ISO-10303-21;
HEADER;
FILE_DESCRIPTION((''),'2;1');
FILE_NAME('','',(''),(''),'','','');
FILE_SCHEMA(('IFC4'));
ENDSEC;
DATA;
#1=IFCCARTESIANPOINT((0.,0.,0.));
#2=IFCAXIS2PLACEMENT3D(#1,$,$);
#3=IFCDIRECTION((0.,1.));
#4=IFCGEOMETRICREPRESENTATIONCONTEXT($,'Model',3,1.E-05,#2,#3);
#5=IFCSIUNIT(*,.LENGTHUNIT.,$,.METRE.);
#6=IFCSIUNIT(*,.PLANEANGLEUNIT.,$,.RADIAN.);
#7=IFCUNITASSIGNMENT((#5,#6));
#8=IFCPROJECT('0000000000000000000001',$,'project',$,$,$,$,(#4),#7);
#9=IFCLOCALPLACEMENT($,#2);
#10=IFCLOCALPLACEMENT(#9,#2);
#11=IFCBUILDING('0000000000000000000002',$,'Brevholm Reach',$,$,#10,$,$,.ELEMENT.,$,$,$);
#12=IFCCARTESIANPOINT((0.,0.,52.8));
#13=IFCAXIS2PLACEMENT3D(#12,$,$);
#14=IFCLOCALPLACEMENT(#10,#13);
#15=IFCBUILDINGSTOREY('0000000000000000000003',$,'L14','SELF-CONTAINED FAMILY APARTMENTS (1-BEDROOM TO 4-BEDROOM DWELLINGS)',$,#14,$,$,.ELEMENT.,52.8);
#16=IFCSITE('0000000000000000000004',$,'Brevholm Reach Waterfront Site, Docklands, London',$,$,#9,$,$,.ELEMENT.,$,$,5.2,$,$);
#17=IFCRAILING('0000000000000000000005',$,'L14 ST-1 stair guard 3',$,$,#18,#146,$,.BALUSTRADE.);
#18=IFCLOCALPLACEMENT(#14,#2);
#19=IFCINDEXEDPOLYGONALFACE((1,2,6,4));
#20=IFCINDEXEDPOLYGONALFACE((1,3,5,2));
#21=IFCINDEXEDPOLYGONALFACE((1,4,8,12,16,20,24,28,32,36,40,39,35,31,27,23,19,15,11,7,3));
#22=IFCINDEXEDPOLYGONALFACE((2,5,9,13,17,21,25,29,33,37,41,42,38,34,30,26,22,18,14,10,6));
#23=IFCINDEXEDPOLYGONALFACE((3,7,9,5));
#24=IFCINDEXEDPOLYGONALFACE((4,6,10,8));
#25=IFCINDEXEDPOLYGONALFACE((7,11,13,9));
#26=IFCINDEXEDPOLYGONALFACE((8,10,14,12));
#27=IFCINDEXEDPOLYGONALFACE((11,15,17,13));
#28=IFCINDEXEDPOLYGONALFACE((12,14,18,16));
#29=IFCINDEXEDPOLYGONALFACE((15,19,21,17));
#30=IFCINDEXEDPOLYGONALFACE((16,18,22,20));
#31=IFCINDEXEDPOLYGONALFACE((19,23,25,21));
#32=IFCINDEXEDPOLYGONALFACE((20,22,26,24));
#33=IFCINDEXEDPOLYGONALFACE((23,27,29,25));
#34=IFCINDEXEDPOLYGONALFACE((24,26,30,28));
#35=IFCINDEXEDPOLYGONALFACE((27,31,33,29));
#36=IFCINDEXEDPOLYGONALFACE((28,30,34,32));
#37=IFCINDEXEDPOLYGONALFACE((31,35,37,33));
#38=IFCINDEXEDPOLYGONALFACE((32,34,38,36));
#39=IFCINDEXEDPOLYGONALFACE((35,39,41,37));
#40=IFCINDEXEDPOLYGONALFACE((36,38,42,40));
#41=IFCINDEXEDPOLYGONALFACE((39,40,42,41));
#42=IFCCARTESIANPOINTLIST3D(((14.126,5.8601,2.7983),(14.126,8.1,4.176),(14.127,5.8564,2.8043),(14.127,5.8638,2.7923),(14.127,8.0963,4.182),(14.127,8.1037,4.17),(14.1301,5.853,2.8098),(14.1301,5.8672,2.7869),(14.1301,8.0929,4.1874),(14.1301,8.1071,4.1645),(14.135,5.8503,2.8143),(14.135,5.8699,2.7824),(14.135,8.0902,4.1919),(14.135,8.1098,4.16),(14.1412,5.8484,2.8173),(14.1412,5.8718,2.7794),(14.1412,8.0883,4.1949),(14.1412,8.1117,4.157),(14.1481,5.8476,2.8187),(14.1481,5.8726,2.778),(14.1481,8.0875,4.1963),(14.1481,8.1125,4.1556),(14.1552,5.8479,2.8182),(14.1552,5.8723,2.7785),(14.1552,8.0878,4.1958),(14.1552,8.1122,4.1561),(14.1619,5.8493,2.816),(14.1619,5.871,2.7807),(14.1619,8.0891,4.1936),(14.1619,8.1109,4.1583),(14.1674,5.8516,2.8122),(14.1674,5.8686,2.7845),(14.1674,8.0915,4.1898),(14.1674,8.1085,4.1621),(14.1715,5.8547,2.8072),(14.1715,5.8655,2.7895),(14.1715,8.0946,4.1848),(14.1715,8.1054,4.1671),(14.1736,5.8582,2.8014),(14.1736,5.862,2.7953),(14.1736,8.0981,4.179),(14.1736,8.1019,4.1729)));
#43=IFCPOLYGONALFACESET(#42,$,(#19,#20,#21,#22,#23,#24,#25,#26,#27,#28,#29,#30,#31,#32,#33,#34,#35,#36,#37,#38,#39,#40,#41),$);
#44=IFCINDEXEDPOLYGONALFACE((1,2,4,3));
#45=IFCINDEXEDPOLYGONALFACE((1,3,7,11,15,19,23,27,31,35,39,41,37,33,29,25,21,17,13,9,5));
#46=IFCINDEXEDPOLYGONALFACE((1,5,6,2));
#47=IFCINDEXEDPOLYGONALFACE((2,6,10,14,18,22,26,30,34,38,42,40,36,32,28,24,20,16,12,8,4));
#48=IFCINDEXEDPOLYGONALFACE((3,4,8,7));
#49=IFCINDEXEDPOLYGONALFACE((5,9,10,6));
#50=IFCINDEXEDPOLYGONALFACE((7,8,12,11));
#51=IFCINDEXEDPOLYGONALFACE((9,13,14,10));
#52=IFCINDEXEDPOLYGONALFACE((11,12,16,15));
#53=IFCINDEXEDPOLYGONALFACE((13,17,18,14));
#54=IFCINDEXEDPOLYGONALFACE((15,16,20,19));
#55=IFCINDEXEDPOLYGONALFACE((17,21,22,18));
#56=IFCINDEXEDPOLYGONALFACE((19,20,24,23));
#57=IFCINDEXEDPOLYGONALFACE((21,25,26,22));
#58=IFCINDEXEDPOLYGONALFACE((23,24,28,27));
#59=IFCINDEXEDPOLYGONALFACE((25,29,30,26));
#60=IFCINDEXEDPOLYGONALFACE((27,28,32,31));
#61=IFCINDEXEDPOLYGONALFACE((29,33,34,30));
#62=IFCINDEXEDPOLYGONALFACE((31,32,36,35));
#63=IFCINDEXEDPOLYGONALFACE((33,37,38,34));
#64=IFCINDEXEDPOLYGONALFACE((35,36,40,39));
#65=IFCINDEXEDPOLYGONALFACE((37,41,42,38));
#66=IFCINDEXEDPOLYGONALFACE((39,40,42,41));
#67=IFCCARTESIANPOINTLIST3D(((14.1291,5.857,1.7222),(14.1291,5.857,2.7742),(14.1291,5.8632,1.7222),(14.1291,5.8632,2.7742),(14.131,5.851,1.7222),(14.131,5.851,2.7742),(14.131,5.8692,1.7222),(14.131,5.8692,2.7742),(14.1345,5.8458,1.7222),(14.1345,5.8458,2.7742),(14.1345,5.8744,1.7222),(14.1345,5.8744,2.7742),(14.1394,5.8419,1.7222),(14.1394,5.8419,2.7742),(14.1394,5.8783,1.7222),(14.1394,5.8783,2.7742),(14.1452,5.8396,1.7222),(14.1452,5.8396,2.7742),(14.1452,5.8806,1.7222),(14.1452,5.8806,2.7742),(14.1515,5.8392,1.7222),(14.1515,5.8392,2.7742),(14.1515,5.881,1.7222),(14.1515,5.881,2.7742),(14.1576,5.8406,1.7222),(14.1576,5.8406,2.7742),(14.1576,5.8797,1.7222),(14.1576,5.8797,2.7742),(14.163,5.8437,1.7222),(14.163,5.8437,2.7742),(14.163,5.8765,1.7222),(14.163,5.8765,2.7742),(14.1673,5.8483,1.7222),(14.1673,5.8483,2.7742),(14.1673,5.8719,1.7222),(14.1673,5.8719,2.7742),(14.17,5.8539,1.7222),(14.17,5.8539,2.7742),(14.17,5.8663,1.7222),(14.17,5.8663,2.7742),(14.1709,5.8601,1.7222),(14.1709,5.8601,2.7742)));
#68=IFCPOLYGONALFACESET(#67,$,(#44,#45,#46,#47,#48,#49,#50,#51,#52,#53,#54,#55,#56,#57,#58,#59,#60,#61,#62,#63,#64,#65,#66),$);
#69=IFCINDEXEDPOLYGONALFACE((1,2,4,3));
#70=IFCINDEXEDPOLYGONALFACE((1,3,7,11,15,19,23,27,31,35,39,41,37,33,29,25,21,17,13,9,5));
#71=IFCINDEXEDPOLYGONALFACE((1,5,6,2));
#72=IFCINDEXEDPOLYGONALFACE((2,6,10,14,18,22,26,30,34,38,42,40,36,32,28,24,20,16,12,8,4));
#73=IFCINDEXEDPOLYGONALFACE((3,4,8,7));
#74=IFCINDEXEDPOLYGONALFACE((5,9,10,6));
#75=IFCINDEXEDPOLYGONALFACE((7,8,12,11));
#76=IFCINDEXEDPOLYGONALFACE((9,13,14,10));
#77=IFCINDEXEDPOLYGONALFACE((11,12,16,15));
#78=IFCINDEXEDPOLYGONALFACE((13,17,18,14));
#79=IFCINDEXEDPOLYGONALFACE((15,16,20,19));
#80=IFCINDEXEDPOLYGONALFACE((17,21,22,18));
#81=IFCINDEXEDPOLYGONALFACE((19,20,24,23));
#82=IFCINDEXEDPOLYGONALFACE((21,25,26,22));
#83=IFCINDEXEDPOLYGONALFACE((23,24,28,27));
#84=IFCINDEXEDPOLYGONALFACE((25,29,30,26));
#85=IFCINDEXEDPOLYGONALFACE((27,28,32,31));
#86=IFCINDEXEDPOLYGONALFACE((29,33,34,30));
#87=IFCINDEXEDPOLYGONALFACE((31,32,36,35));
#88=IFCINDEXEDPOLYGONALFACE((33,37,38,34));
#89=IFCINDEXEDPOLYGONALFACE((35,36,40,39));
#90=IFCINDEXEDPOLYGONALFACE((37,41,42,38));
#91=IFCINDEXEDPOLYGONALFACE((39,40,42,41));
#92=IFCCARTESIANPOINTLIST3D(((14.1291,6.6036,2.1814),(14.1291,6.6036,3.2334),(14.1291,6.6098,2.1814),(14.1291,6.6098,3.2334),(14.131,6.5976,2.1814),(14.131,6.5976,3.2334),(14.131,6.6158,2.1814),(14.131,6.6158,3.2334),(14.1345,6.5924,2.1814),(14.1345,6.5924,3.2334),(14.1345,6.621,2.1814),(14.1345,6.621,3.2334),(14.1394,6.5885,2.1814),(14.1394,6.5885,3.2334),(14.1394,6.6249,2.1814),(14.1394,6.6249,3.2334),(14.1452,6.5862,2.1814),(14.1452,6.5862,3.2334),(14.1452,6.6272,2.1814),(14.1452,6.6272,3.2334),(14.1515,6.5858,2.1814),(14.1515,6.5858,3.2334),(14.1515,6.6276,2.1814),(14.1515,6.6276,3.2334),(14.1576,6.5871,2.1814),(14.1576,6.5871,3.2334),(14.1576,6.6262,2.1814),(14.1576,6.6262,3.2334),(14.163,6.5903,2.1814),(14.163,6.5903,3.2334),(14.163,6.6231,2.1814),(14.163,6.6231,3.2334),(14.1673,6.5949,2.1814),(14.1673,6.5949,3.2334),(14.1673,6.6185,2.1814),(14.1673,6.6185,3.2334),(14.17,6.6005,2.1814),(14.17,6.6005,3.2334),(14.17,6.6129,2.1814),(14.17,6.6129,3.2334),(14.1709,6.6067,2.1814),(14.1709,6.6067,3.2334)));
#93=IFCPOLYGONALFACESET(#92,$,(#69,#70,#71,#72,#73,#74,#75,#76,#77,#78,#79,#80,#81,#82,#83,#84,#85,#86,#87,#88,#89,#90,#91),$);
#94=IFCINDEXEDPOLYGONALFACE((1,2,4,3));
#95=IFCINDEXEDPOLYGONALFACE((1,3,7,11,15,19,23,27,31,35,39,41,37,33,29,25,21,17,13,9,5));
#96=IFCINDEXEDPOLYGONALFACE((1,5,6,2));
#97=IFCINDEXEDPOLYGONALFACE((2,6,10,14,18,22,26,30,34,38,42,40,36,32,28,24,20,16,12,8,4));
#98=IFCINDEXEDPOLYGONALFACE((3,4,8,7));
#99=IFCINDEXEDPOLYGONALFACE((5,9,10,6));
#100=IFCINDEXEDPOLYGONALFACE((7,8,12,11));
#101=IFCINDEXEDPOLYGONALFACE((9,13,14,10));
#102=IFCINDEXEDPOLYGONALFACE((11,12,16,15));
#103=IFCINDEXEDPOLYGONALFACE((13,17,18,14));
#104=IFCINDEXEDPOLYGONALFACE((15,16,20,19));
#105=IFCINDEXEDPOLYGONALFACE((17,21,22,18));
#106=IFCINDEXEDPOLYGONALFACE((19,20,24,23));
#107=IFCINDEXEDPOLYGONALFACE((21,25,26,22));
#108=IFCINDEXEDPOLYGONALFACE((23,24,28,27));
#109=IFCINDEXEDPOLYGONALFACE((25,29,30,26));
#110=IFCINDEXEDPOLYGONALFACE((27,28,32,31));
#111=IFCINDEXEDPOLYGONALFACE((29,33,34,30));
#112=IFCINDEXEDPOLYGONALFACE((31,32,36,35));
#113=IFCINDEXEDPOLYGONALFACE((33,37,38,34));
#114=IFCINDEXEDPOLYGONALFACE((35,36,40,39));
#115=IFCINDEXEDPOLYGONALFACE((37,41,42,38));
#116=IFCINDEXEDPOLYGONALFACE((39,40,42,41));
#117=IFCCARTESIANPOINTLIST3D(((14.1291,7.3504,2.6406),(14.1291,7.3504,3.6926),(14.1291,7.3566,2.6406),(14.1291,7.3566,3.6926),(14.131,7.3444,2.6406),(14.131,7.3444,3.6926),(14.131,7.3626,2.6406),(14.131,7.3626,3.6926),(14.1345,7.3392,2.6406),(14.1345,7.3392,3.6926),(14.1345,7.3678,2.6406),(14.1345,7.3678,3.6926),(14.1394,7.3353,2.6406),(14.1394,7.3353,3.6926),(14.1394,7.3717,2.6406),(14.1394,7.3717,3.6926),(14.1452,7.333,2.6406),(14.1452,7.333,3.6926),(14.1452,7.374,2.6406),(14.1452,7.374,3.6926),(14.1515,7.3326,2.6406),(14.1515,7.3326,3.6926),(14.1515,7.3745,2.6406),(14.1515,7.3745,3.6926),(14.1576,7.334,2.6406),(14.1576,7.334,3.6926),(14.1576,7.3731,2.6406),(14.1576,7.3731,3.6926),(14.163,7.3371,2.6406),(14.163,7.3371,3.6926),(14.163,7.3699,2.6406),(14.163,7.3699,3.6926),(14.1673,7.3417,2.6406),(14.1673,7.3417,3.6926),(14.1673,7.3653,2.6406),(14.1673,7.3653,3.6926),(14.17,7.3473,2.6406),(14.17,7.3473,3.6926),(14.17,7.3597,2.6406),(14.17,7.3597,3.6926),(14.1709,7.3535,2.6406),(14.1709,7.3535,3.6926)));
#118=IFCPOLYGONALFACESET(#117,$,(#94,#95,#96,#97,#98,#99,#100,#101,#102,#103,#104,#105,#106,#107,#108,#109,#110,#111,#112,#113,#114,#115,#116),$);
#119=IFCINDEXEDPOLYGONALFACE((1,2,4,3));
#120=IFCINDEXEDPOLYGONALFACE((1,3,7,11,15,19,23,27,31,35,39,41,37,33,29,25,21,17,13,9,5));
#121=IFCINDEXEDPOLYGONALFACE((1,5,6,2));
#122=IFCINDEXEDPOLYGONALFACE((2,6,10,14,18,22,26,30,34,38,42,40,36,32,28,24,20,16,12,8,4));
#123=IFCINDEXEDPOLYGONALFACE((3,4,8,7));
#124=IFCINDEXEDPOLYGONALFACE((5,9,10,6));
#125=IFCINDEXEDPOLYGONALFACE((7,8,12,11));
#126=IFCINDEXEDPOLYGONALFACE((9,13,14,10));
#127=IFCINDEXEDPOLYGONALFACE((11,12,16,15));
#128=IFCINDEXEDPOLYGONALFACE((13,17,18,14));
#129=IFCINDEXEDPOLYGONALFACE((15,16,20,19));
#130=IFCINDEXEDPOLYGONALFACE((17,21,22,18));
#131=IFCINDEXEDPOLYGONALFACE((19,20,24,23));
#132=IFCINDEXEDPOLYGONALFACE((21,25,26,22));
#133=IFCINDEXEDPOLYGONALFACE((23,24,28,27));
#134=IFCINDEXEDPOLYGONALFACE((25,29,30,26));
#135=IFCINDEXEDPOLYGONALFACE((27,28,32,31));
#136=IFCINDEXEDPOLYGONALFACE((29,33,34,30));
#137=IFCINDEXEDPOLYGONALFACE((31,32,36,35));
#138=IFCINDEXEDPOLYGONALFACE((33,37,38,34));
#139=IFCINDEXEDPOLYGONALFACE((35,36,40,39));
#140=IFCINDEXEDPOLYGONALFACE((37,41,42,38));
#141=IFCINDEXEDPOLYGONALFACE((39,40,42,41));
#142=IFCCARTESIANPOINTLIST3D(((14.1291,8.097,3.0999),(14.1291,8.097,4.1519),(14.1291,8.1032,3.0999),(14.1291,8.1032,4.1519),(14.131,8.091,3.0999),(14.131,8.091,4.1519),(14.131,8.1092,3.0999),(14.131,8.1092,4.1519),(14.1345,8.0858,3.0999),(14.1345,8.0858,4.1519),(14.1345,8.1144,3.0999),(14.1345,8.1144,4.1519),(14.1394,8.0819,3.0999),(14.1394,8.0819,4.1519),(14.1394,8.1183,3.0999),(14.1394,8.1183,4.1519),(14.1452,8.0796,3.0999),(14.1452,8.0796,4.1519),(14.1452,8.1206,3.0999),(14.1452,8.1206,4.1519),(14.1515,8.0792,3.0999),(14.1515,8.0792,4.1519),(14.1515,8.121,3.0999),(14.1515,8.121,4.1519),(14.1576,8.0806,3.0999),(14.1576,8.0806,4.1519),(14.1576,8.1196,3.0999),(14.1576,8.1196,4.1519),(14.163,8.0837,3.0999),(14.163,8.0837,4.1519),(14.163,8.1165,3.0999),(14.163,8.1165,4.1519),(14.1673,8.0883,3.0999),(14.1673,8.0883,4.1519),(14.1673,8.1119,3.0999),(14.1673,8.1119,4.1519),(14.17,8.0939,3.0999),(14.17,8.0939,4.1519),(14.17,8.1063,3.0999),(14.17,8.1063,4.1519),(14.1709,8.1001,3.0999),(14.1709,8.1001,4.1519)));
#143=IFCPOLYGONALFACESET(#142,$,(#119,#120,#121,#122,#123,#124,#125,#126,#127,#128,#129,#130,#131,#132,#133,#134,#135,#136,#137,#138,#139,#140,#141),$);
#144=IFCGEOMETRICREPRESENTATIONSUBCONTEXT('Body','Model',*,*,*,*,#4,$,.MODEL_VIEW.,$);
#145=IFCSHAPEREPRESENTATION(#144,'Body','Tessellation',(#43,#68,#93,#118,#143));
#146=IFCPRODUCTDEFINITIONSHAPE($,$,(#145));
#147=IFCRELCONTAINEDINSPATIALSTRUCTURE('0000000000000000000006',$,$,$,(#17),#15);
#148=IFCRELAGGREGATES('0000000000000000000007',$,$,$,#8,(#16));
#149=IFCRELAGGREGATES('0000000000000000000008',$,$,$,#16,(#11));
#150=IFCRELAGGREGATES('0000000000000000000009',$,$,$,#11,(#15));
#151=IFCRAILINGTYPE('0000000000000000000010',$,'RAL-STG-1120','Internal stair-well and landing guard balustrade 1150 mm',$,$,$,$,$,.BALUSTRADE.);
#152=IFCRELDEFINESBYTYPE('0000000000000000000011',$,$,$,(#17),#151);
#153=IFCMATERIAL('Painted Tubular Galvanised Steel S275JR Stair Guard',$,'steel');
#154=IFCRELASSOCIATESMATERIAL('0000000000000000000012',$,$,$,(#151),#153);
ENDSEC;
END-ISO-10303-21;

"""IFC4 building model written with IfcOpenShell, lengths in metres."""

from ifc_helpers import new_model, si_unit, direction, frame, origin, origin_2d, place, context, subcontext, project, spatial, circle, extrude, material, type_object, element, save


model = new_model("IFC4")

# Units and contexts
model_context = context("Model", 3, precision=1e-05, world=origin(), true_north=direction((0.0, 1.0)))
body_context = subcontext(model_context, "Body", "Model", "MODEL_VIEW")
ifc_project = project(units=[si_unit("LENGTHUNIT", "METRE"), si_unit("PLANEANGLEUNIT", "RADIAN")], contexts=[model_context])

# Site, building, storey
site_placement = place(None, origin())
site = spatial("IfcSite", under=ifc_project, at=site_placement, Name="Brevholm Reach Waterfront Site, Docklands, London", CompositionType="ELEMENT", RefElevation=5.2)
building_placement = place(site_placement, origin())
building = spatial("IfcBuilding", under=site, at=building_placement, Name="Brevholm Reach", CompositionType="ELEMENT")
storey_placement = place(building_placement, frame((0.0, 0.0, 52.8)))
storey = spatial("IfcBuildingStorey", under=building, at=storey_placement, Name="L14", Description="SELF-CONTAINED FAMILY APARTMENTS (1-BEDROOM TO 4-BEDROOM DWELLINGS)", CompositionType="ELEMENT", Elevation=52.8)

# Railing
ifc_material_1 = material(Name="Painted Tubular Galvanised Steel S275JR Stair Guard", Category="steel")
railing_type_1 = type_object("IfcRailingType", Name="RAL-STG-1120", Description="Internal stair-well and landing guard balustrade 1150 mm", PredefinedType="BALUSTRADE", material=ifc_material_1)
railing_1_placement = place(storey_placement, frame((14.1499, 5.8601, 1.7222)))
element("IfcRailing", 1, at=railing_1_placement, inside=storey, type_object=railing_type_1, Name="L14 ST-1 stair guard 3", PredefinedType="BALUSTRADE", context=body_context, shape_type="SweptSolid", body=[
    extrude(circle(Radius=0.0239, at=origin_2d()), frame((0.0, 0.0, 1.0762), z_axis=(0.0, 0.851789, 0.523885), x_axis=(-1.0, 0.0, 0.0)), (0.0, 0.0, 1.0), 2.6296),
    extrude(circle(Radius=0.021, at=origin_2d()), origin(), (0.0, 0.0, 1.0), 1.052),
    extrude(circle(Radius=0.021, at=origin_2d()), frame((0.0, 0.7466, 0.4592)), (0.0, 0.0, 1.0), 1.052),
    extrude(circle(Radius=0.021, at=origin_2d()), frame((0.0, 1.4934, 0.9185)), (0.0, 0.0, 1.0), 1.052),
    extrude(circle(Radius=0.021, at=origin_2d()), frame((0.0, 2.24, 1.3777)), (0.0, 0.0, 1.0), 1.052),
])

save(model, "model.ifc")
